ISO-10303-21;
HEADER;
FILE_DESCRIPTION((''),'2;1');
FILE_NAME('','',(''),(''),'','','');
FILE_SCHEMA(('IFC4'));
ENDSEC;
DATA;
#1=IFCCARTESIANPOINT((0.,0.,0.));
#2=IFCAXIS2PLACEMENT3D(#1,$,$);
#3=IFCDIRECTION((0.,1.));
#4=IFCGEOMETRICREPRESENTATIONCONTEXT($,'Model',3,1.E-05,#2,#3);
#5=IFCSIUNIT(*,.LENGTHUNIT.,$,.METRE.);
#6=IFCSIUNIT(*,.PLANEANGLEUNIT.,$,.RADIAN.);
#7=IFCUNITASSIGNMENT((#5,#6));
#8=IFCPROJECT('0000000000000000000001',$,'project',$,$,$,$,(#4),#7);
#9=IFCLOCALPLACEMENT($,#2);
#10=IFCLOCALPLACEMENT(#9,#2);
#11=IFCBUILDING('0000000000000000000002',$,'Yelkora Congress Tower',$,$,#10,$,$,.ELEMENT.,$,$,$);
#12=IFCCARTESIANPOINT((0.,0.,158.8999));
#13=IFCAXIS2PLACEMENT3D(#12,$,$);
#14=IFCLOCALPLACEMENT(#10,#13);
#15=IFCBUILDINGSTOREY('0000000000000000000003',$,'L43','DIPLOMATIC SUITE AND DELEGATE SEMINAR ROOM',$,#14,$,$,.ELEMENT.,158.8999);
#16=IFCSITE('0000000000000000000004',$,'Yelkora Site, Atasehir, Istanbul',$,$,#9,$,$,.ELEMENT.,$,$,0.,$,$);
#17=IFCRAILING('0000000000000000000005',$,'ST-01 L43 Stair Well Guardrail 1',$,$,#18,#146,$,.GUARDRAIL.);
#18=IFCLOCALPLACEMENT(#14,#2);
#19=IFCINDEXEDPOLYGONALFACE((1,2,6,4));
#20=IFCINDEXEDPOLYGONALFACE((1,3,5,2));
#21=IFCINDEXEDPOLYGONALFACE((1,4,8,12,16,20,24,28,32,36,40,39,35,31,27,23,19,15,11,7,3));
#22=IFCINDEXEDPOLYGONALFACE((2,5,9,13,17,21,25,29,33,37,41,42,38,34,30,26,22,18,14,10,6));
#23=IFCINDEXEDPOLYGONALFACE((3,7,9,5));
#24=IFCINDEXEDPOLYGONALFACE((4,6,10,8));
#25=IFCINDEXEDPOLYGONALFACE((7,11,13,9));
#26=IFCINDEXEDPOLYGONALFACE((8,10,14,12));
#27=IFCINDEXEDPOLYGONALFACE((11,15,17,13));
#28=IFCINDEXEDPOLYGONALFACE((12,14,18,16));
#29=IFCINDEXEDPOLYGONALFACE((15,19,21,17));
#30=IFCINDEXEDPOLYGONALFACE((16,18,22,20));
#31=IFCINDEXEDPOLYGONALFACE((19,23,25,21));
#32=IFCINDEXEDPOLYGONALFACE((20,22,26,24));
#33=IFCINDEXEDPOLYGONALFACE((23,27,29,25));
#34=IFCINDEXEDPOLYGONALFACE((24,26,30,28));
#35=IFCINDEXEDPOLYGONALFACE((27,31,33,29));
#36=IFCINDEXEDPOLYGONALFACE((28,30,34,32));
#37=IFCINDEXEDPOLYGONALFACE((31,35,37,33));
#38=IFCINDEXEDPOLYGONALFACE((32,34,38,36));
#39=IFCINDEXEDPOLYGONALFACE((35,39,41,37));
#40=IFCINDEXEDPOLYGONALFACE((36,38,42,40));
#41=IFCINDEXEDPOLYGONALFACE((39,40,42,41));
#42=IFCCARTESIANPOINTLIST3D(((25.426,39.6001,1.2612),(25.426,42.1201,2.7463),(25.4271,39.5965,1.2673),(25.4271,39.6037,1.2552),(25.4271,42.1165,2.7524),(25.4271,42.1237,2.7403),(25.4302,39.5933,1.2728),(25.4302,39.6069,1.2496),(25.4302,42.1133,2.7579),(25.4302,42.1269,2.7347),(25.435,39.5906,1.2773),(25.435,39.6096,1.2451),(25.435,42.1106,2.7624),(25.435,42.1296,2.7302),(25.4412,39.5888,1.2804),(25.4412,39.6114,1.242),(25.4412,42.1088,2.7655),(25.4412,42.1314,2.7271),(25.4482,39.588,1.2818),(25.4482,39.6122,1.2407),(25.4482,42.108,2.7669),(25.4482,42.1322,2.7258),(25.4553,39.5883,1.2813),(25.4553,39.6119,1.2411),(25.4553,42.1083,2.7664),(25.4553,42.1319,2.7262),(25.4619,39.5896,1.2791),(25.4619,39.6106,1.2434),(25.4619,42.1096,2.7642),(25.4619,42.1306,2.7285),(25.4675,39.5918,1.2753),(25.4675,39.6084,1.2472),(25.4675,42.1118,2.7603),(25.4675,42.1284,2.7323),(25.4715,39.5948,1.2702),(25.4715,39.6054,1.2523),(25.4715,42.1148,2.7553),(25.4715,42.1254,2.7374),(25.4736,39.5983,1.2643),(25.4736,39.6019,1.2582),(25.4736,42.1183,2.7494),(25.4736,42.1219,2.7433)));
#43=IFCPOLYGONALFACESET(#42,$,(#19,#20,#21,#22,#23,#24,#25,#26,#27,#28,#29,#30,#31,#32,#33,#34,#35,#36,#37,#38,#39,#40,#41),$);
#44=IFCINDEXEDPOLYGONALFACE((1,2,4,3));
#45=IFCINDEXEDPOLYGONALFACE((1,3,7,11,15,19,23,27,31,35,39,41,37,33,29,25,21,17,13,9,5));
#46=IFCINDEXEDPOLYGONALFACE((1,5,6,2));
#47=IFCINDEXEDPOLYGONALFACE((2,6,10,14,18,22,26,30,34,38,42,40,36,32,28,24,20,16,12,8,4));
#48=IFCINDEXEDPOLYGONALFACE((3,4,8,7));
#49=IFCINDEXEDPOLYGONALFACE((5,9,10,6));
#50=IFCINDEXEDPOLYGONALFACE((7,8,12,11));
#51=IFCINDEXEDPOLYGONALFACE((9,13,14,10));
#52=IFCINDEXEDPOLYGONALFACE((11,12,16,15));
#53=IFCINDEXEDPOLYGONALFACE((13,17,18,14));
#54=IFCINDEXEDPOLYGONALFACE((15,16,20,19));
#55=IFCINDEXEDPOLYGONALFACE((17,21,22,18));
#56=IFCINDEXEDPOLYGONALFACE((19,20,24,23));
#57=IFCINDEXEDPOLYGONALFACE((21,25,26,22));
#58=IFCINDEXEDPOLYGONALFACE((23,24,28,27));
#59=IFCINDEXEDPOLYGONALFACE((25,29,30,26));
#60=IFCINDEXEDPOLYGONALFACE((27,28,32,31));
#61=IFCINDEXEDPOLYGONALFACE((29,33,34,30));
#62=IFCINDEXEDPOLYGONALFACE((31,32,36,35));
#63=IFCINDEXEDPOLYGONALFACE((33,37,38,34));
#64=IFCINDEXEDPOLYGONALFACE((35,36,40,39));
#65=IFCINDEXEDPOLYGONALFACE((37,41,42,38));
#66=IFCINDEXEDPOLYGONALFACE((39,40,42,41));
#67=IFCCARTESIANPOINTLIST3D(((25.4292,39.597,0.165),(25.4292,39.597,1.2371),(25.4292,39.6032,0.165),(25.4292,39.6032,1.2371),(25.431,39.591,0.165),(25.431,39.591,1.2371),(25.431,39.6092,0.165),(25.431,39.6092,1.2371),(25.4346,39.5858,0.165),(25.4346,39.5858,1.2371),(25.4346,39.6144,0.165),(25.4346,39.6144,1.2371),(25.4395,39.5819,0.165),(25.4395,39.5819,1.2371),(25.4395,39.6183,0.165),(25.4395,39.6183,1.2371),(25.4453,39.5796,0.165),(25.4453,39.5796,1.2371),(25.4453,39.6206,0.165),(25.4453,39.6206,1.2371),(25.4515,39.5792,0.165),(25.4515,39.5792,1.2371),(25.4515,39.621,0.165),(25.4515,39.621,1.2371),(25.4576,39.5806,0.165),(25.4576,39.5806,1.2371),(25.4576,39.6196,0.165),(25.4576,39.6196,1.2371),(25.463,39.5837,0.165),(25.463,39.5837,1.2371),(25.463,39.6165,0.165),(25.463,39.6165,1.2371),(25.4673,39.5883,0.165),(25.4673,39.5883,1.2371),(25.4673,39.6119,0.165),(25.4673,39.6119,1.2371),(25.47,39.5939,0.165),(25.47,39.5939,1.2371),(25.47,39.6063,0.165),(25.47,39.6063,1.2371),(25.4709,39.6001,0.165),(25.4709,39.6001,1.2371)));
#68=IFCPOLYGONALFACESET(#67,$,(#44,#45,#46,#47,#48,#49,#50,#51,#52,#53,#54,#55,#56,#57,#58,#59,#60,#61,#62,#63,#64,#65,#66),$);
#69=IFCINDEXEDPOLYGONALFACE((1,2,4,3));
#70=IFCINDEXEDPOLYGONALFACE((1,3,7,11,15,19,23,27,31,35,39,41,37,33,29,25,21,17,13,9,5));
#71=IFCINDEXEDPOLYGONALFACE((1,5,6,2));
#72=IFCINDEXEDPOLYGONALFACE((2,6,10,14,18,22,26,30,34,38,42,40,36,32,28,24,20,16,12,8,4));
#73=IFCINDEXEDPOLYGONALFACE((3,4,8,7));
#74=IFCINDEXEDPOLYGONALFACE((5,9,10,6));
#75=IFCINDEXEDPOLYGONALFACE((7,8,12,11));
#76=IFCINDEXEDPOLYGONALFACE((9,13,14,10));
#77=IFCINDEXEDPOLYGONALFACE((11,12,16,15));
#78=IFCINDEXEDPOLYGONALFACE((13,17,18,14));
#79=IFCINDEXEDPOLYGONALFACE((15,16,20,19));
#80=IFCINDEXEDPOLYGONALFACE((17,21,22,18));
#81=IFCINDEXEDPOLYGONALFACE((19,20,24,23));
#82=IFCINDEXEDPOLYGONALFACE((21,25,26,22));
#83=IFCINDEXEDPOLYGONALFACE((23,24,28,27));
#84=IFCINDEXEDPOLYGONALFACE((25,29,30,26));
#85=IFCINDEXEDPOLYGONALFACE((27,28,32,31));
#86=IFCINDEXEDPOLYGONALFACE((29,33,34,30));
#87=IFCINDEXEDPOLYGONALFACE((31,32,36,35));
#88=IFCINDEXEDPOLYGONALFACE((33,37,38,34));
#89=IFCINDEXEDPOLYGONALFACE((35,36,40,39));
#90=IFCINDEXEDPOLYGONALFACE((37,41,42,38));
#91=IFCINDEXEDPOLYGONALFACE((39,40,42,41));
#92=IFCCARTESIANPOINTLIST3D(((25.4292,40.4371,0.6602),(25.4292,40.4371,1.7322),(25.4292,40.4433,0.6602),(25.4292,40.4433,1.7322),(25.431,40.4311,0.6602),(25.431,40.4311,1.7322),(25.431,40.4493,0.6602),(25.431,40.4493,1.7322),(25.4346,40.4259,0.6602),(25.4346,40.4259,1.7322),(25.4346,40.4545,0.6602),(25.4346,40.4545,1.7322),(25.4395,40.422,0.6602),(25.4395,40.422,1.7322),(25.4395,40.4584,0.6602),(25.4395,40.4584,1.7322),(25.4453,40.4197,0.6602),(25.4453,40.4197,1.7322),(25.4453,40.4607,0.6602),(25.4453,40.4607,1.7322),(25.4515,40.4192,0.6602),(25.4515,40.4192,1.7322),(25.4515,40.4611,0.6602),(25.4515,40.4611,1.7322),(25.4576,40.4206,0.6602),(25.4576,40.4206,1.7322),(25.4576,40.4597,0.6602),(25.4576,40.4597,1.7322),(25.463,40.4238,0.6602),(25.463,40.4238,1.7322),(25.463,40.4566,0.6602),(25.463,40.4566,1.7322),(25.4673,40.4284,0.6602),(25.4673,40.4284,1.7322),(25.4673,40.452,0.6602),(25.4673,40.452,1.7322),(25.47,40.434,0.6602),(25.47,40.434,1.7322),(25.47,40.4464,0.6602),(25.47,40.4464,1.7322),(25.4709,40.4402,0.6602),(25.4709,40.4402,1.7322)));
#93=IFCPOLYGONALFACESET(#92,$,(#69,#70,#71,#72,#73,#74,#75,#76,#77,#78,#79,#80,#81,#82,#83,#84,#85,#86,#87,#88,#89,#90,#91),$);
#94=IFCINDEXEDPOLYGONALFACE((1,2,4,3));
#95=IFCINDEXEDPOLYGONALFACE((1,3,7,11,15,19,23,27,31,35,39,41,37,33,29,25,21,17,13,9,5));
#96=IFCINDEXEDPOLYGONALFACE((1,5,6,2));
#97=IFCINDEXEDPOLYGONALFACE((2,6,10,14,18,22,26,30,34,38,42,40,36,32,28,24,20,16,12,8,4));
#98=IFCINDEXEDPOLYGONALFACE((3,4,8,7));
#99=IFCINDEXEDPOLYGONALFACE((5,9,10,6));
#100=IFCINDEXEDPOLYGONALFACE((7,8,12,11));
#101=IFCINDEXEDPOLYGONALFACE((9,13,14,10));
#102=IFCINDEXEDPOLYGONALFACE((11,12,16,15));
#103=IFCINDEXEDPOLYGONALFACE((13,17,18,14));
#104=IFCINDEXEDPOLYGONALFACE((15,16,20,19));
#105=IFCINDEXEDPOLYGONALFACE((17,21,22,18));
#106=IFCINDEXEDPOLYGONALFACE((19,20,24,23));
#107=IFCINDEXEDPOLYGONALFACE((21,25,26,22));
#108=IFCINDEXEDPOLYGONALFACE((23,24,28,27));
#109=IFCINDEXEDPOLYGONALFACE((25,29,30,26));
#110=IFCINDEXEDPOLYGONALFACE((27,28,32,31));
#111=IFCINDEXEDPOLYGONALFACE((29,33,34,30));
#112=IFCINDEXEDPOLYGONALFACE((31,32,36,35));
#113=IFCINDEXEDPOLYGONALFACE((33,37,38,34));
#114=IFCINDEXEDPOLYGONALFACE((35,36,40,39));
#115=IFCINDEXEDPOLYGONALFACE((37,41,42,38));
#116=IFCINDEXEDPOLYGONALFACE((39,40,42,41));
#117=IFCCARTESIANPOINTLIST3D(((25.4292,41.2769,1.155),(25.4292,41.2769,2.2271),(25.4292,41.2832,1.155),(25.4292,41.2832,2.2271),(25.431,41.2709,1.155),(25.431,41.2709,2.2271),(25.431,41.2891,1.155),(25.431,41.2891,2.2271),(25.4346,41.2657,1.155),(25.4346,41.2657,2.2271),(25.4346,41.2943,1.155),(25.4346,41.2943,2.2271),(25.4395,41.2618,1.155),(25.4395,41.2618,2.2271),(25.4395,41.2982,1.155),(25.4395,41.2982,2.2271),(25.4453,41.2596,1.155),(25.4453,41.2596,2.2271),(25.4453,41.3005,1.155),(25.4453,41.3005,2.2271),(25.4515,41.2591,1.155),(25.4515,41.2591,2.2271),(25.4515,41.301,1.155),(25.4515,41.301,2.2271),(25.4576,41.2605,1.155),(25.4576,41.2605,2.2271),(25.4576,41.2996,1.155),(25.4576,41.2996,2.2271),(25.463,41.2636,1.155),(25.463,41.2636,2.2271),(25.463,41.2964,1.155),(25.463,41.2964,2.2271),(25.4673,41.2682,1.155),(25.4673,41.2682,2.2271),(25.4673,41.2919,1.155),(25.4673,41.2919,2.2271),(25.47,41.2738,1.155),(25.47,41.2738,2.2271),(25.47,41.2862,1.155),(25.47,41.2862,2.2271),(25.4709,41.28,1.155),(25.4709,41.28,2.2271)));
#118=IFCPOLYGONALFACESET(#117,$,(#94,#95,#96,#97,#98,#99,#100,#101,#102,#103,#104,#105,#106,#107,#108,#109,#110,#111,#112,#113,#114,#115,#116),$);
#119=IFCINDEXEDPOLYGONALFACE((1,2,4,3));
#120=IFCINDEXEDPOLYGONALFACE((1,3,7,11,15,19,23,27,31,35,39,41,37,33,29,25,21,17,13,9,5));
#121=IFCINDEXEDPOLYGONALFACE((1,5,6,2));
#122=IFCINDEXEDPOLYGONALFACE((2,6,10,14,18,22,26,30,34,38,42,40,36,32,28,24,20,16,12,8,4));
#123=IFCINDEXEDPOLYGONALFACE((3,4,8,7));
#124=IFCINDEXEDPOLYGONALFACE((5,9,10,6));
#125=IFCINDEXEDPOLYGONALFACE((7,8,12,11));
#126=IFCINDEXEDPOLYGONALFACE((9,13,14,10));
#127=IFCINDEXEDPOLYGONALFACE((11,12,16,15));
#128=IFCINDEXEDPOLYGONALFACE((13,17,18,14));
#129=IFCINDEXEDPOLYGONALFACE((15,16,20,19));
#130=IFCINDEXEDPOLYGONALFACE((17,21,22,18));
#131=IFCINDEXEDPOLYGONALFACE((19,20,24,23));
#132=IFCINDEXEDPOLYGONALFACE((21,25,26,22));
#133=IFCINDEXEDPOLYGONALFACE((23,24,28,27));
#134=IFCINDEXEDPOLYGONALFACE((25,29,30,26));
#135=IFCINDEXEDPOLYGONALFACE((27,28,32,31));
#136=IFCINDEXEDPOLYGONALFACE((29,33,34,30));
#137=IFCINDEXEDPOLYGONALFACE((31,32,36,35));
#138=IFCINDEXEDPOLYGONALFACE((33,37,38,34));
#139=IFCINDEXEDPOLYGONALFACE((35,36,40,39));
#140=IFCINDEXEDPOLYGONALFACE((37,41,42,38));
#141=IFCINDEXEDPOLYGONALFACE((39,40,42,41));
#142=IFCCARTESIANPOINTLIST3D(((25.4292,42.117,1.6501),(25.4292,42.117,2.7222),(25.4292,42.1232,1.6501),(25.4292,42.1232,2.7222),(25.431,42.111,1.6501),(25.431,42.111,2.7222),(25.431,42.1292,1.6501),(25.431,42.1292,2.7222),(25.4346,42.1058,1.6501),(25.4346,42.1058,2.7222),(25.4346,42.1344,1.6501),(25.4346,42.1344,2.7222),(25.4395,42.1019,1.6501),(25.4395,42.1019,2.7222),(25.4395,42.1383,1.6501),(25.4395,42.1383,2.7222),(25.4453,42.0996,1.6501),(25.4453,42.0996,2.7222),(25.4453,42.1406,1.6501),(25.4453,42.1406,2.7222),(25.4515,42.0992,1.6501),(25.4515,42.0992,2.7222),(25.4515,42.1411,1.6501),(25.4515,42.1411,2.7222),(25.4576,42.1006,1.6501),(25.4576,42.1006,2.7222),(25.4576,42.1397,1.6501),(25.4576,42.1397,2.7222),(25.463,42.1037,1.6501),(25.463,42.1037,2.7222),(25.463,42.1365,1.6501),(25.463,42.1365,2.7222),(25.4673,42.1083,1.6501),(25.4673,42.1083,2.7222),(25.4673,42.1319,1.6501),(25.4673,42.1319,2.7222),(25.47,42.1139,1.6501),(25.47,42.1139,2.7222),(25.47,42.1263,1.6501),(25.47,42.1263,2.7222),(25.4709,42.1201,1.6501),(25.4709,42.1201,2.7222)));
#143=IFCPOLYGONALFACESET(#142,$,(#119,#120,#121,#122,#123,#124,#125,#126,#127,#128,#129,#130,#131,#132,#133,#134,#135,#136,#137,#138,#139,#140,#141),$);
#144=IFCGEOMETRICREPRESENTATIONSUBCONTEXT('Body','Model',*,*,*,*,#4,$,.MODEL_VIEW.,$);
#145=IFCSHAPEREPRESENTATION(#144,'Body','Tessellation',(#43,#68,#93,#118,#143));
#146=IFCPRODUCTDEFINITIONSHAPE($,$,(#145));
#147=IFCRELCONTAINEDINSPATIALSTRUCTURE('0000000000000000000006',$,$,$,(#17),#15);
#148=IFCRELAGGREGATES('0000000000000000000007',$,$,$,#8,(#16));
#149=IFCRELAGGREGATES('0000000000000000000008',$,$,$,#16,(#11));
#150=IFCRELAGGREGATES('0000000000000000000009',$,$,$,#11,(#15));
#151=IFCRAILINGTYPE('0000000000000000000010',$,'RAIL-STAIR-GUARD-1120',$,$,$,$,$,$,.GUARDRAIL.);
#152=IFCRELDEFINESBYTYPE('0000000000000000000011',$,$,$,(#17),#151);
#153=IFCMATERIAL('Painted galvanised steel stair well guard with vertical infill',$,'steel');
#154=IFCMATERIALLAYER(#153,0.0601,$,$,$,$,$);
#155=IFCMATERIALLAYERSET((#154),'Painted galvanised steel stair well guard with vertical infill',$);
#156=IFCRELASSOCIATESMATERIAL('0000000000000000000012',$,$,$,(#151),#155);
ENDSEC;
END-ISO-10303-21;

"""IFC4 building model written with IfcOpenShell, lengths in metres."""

from ifc_helpers import new_model, si_unit, direction, frame, origin, origin_2d, place, context, subcontext, project, spatial, circle, extrude, material, layer, layer_set, type_object, element, save


model = new_model("IFC4")

# Units and contexts
model_context = context("Model", 3, precision=1e-05, world=origin(), true_north=direction((0.0, 1.0)))
body_context = subcontext(model_context, "Body", "Model", "MODEL_VIEW")
ifc_project = project(units=[si_unit("LENGTHUNIT", "METRE"), si_unit("PLANEANGLEUNIT", "RADIAN")], contexts=[model_context])

# Site, building, storey
site_placement = place(None, origin())
site = spatial("IfcSite", under=ifc_project, at=site_placement, Name="Yelkora Site, Atasehir, Istanbul", CompositionType="ELEMENT", RefElevation=0.0)
building_placement = place(site_placement, origin())
building = spatial("IfcBuilding", under=site, at=building_placement, Name="Yelkora Congress Tower", CompositionType="ELEMENT")
storey_placement = place(building_placement, frame((0.0, 0.0, 158.8999)))
storey = spatial("IfcBuildingStorey", under=building, at=storey_placement, Name="L43", Description="DIPLOMATIC SUITE AND DELEGATE SEMINAR ROOM", CompositionType="ELEMENT", Elevation=158.8999)

# Railing
ifc_material_1 = material(Name="Painted galvanised steel stair well guard with vertical infill", Category="steel")
ifc_layer_1 = layer(ifc_material_1, 0.0601)
ifc_layer_set_1 = layer_set([ifc_layer_1], Name="Painted galvanised steel stair well guard with vertical infill")
railing_type_1 = type_object("IfcRailingType", Name="RAIL-STAIR-GUARD-1120", PredefinedType="GUARDRAIL", material=ifc_layer_set_1)
railing_1_placement = place(storey_placement, frame((25.45, 39.6001, 0.165)))
element("IfcRailing", 1, at=railing_1_placement, inside=storey, type_object=railing_type_1, Name="ST-01 L43 Stair Well Guardrail 1", PredefinedType="GUARDRAIL", context=body_context, shape_type="SweptSolid", body=[
    extrude(circle(Radius=0.0239, at=origin_2d()), frame((0.0, 0.0, 1.0962), z_axis=(0.0, 0.861524, 0.507717), x_axis=(-1.0, 0.0, 0.0)), (0.0, 0.0, 1.0), 2.925),
    extrude(circle(Radius=0.021, at=origin_2d()), origin(), (0.0, 0.0, 1.0), 1.072),
    extrude(circle(Radius=0.021, at=origin_2d()), frame((0.0, 0.8401, 0.4951)), (0.0, 0.0, 1.0), 1.072),
    extrude(circle(Radius=0.021, at=origin_2d()), frame((0.0, 1.6799, 0.99)), (0.0, 0.0, 1.0), 1.072),
    extrude(circle(Radius=0.021, at=origin_2d()), frame((0.0, 2.52, 1.4851)), (0.0, 0.0, 1.0), 1.072),
])

save(model, "model.ifc")
